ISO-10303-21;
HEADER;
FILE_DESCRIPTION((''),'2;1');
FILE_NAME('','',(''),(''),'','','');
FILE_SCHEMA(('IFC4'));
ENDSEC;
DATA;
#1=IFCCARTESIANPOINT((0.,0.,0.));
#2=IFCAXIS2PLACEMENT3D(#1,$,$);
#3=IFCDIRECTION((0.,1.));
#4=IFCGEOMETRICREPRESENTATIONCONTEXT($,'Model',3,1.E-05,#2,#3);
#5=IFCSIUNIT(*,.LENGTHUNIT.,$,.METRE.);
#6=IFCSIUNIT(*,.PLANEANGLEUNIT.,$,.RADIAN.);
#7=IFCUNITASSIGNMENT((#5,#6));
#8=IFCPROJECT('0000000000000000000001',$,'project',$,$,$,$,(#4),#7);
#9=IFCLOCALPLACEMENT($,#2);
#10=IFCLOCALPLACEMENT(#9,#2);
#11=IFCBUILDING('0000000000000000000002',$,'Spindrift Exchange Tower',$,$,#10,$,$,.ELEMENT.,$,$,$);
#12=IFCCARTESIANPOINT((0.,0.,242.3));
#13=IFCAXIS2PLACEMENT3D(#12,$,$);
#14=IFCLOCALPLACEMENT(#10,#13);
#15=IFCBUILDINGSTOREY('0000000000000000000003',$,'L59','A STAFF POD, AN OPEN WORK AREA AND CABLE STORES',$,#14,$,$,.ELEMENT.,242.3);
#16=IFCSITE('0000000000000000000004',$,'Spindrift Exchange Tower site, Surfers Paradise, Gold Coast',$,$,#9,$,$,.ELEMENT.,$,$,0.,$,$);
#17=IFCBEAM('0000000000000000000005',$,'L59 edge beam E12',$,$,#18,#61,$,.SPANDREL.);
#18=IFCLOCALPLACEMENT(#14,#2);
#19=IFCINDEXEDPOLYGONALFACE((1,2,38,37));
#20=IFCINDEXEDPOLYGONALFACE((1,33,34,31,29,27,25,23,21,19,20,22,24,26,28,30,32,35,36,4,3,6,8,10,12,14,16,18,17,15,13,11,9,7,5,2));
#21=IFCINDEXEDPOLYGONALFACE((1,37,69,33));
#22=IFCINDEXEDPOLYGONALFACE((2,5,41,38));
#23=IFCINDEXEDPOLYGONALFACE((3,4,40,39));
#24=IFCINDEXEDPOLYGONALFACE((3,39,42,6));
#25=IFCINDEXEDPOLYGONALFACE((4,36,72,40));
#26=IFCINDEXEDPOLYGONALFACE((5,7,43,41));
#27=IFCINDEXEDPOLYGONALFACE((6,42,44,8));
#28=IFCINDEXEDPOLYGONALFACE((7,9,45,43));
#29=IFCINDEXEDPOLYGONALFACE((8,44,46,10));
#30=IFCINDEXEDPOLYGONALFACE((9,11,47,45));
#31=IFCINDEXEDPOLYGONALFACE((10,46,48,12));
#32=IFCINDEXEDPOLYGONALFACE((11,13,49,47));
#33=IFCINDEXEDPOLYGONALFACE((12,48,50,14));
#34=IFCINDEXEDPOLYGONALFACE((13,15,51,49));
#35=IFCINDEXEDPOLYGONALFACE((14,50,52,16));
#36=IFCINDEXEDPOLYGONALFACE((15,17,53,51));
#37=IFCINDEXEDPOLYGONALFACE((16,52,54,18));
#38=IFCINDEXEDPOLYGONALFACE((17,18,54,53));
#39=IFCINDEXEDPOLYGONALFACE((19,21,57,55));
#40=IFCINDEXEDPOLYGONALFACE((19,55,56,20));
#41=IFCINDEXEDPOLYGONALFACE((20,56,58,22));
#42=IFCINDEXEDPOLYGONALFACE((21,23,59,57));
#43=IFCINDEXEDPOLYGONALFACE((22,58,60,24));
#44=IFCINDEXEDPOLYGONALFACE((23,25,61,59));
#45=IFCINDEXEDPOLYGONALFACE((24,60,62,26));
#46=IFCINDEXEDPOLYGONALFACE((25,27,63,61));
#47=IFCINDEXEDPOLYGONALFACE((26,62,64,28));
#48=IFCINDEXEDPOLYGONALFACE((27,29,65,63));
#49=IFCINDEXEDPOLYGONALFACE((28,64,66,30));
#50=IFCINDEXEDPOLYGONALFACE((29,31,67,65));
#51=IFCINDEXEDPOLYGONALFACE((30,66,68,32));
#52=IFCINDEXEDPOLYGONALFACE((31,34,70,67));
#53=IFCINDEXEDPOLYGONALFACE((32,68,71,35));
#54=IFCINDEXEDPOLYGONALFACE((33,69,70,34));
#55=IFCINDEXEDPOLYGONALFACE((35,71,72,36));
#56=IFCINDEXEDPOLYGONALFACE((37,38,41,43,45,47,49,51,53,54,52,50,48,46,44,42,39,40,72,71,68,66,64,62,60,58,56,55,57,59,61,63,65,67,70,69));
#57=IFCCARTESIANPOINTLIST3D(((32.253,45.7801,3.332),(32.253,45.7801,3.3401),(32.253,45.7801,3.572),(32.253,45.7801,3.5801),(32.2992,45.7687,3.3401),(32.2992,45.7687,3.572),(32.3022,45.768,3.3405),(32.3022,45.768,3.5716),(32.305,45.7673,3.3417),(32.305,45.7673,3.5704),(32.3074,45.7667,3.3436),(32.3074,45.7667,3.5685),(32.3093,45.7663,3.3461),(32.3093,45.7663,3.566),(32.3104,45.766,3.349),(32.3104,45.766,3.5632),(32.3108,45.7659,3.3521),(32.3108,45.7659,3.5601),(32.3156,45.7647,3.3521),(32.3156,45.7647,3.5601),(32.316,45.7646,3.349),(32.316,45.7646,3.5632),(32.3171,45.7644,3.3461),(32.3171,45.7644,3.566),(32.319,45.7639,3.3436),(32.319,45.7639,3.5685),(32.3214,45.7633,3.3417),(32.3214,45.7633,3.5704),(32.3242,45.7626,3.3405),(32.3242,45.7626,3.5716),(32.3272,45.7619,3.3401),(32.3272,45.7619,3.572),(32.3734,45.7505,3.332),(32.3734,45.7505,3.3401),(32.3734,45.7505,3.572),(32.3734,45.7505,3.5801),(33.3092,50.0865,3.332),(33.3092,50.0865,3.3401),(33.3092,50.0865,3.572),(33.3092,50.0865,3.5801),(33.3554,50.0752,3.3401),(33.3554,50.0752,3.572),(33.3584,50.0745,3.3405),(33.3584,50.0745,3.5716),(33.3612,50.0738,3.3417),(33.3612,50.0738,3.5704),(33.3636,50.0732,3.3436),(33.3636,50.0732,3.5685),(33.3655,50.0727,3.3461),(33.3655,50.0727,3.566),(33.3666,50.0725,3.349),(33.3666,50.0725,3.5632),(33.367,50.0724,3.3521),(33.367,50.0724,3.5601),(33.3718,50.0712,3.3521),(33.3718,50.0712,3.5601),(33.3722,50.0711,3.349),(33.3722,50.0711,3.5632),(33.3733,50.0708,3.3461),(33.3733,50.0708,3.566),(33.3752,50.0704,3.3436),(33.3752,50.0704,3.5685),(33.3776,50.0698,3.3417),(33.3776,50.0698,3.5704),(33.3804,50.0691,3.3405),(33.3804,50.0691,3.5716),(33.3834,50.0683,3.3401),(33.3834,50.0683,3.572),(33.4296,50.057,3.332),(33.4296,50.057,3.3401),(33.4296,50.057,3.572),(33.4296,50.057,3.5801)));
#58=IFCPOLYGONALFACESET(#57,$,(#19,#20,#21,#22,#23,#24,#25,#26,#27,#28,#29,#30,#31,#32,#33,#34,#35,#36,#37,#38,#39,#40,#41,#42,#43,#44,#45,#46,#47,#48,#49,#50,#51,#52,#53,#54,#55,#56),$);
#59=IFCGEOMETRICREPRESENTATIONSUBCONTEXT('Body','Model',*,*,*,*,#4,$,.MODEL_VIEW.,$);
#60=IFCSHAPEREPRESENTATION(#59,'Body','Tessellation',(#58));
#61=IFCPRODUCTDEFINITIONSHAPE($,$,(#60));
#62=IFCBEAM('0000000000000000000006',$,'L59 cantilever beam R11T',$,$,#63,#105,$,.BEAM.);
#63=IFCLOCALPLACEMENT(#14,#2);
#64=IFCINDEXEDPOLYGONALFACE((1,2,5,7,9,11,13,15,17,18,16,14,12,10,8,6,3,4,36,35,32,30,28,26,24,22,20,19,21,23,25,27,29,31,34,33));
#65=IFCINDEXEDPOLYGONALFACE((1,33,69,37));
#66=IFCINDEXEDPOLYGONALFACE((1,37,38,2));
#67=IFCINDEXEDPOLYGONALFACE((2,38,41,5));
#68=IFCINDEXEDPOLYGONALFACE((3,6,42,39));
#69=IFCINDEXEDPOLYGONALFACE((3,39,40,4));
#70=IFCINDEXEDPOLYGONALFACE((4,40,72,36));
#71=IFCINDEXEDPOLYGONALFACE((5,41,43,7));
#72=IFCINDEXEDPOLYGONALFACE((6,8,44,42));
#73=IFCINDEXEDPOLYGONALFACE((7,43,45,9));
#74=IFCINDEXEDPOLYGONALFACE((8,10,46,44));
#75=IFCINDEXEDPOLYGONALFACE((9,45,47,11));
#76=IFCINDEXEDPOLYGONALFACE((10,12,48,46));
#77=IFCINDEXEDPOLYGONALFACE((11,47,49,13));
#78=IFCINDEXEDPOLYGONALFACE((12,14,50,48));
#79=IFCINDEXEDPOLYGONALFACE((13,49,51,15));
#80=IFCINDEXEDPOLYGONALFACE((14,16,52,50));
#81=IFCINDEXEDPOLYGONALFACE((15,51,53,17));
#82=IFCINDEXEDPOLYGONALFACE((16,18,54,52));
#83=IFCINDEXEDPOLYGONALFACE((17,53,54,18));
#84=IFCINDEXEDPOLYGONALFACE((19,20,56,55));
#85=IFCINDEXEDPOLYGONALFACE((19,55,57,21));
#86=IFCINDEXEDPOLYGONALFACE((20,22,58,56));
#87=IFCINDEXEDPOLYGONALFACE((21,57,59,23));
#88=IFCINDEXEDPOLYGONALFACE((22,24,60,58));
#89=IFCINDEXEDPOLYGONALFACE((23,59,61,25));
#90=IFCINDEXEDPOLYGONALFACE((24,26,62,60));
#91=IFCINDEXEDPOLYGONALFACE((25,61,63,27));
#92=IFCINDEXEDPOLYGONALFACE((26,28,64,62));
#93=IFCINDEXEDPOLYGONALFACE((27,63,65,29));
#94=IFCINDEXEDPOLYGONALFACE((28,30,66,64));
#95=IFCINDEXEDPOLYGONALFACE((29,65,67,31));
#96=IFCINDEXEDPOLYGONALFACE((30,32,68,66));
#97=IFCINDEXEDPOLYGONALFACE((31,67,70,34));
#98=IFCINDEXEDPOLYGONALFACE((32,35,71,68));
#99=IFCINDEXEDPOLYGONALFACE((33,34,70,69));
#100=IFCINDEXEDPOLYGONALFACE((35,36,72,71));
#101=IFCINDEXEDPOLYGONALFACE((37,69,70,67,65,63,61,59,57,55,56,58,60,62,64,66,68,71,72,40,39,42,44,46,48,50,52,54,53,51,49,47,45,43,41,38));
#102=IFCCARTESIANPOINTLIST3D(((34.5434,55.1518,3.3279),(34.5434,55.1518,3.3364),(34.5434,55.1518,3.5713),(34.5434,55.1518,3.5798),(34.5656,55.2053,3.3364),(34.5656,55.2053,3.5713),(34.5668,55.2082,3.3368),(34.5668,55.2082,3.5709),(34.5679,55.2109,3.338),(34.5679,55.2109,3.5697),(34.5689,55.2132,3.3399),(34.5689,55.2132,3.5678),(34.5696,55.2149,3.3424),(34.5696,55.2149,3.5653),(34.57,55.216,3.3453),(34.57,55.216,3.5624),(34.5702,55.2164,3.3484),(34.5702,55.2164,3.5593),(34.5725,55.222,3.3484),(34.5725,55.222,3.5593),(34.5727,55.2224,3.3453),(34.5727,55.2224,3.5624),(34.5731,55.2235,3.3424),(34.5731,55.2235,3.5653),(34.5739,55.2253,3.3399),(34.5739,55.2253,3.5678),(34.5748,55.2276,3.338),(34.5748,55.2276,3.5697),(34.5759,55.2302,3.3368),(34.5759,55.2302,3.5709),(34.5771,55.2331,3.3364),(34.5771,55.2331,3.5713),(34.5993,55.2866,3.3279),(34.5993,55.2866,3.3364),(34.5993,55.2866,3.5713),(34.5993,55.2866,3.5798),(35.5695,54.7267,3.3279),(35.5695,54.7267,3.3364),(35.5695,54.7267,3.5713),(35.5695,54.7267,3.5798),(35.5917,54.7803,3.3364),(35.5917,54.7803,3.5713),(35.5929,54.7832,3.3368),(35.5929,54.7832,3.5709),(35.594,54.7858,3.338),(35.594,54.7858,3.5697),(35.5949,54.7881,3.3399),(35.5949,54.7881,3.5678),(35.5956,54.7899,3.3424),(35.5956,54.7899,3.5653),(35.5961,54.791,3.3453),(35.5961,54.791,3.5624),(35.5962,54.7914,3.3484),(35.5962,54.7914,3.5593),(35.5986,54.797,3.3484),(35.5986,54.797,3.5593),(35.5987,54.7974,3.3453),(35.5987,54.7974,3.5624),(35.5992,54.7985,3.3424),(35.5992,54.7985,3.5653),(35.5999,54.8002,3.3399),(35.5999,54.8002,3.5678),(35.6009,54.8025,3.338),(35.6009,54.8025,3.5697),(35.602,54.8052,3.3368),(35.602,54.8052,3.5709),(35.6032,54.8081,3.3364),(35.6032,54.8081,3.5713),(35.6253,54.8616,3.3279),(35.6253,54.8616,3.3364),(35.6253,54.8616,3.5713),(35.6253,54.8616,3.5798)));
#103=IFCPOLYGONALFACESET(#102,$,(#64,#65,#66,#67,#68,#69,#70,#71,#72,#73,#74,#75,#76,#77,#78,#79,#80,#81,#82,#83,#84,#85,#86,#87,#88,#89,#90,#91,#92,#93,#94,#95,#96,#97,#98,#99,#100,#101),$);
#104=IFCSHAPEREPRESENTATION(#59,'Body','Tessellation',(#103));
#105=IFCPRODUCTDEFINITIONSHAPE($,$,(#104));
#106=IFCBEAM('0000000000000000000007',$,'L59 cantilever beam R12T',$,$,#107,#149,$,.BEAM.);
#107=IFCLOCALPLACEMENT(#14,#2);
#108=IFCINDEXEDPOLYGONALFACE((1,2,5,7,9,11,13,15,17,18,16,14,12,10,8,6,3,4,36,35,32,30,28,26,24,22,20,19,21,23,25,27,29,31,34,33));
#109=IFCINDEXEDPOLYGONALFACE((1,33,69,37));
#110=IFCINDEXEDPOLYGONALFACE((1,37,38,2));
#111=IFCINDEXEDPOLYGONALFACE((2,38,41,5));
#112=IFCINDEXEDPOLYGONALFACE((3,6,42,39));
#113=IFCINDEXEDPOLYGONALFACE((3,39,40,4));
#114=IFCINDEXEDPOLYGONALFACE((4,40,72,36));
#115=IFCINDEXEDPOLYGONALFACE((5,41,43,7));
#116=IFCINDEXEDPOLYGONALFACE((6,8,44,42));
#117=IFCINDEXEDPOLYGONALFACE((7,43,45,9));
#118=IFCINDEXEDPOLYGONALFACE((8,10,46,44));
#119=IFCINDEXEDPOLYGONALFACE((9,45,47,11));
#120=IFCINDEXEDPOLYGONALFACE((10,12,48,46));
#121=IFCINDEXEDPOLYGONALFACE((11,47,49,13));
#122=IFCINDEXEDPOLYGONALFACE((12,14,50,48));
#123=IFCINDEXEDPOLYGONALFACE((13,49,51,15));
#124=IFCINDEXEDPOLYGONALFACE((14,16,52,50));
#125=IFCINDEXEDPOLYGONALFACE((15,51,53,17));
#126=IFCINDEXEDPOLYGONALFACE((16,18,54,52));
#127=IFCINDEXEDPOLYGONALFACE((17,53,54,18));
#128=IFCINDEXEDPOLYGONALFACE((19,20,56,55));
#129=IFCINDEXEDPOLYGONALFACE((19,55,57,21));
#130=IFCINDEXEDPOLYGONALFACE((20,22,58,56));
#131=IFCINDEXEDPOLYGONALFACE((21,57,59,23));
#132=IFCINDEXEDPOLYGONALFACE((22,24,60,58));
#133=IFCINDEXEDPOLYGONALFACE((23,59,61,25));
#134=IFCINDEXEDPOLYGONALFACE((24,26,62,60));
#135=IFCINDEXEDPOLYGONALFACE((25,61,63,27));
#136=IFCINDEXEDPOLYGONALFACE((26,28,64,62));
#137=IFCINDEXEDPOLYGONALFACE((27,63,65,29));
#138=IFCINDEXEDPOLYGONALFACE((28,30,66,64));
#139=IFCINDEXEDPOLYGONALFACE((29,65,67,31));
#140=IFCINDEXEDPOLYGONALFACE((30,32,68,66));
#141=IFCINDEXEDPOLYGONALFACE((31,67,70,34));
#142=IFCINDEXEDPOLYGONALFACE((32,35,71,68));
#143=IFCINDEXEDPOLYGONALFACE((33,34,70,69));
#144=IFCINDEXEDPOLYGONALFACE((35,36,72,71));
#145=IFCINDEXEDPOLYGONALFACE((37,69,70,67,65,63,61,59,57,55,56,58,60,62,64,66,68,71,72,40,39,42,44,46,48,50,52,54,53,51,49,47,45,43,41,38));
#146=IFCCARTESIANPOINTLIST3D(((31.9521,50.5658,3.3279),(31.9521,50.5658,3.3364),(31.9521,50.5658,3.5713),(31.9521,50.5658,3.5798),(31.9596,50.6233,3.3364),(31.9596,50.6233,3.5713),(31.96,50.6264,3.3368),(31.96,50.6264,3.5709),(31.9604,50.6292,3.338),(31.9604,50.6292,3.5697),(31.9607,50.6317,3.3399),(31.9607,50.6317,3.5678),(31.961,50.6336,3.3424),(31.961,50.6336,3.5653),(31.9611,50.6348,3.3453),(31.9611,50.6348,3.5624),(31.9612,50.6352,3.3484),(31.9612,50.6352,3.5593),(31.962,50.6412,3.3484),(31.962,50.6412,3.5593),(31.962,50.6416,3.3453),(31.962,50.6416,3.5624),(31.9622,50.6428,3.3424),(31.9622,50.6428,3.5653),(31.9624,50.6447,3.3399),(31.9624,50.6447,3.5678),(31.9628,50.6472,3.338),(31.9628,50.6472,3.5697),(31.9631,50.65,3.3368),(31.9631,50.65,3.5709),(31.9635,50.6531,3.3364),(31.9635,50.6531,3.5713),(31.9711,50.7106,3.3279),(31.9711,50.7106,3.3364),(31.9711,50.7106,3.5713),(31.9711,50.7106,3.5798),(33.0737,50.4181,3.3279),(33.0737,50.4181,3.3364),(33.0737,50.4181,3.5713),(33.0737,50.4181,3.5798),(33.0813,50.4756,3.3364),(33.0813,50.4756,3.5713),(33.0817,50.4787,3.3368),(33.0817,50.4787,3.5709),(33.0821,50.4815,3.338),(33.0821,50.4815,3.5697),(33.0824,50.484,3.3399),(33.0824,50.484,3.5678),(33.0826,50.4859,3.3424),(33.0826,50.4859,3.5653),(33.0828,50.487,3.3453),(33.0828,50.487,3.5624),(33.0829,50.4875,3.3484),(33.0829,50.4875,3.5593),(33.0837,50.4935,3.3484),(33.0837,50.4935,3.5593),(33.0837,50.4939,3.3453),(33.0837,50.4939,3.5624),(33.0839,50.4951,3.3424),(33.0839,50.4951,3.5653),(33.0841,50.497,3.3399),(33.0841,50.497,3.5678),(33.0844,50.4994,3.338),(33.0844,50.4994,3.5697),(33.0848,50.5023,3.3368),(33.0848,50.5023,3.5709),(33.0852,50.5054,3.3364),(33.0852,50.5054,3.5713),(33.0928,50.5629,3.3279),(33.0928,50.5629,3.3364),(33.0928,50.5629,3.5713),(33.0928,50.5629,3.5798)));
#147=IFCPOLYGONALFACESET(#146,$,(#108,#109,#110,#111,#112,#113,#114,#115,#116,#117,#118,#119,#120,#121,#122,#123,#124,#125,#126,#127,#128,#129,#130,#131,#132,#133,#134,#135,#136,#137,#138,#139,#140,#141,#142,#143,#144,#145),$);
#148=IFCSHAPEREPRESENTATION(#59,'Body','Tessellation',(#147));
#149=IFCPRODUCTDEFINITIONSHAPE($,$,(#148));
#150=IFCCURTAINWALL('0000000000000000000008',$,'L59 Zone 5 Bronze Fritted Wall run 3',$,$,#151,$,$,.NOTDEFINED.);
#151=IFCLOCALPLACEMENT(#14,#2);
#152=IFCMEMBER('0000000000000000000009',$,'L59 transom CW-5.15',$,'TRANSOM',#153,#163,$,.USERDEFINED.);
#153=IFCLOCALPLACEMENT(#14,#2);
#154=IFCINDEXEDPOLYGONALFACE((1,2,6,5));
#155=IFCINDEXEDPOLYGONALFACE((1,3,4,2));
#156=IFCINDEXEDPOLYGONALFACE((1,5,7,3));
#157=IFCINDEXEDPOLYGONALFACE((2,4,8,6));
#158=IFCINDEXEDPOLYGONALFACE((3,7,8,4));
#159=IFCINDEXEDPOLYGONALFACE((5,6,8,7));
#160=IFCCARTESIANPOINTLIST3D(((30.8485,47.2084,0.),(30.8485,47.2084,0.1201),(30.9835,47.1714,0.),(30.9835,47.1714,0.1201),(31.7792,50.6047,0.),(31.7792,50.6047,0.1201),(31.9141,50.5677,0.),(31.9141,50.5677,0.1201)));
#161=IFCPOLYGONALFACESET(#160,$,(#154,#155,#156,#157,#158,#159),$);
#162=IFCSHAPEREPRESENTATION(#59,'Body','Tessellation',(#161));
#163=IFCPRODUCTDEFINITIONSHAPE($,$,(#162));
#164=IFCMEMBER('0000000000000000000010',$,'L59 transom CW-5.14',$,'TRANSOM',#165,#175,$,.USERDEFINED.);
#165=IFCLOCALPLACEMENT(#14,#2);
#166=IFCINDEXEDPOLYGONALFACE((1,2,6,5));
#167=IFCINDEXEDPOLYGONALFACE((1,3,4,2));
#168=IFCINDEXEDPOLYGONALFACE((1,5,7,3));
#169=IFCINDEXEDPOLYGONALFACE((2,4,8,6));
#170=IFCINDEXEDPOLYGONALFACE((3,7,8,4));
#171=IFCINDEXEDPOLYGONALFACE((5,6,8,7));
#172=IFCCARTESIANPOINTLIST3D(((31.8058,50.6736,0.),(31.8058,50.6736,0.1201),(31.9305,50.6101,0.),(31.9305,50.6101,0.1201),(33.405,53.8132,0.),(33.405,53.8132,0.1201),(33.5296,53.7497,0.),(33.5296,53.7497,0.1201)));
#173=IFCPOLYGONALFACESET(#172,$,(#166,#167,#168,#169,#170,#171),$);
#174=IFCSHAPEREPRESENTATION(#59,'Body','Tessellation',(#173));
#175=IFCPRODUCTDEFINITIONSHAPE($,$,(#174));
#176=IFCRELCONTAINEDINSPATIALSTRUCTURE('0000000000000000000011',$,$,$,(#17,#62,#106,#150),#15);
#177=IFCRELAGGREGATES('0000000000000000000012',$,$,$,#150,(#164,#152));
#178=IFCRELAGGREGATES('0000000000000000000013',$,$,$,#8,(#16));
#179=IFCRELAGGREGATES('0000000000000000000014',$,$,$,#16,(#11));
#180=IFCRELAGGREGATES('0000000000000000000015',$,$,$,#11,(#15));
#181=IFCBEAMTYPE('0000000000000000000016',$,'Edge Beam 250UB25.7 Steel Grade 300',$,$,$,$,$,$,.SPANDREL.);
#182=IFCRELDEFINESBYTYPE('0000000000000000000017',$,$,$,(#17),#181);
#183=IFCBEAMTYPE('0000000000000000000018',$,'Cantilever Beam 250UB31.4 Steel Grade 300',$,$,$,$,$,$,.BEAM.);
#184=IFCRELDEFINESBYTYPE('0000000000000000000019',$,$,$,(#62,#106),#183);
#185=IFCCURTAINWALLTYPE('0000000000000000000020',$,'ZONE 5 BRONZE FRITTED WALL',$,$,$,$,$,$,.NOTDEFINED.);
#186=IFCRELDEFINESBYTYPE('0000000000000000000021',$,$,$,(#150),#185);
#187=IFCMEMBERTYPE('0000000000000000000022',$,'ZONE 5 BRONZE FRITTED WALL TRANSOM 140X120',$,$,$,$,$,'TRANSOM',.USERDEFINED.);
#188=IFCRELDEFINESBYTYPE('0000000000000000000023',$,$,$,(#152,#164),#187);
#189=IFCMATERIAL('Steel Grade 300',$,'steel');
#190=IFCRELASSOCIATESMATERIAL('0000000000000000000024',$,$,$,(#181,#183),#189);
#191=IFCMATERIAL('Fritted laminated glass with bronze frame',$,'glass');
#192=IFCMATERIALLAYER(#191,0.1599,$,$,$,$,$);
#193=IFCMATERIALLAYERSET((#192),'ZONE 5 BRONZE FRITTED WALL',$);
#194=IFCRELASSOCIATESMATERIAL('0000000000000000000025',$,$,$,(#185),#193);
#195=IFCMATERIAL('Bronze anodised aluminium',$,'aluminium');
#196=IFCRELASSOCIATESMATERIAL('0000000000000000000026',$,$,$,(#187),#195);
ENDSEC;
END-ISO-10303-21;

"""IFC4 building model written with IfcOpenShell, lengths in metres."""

from ifc_helpers import new_model, si_unit, direction, frame, origin, origin_2d, place, context, subcontext, project, spatial, rectangle, i_section, extrude, source, transform, mapped, material, layer, layer_set, material_profile, profile_set, type_object, element, aggregate, save


model = new_model("IFC4")

# Units and contexts
model_context = context("Model", 3, precision=1e-05, world=origin(), true_north=direction((0.0, 1.0)))
body_context = subcontext(model_context, "Body", "Model", "MODEL_VIEW")
ifc_project = project(units=[si_unit("LENGTHUNIT", "METRE"), si_unit("PLANEANGLEUNIT", "RADIAN")], contexts=[model_context])

# Site, building, storey
site_placement = place(None, origin())
site = spatial("IfcSite", under=ifc_project, at=site_placement, Name="Spindrift Exchange Tower site, Surfers Paradise, Gold Coast", CompositionType="ELEMENT", RefElevation=0.0)
building_placement = place(site_placement, origin())
building = spatial("IfcBuilding", under=site, at=building_placement, Name="Spindrift Exchange Tower", CompositionType="ELEMENT")
storey_placement = place(building_placement, frame((0.0, 0.0, 242.3)))
storey = spatial("IfcBuildingStorey", under=building, at=storey_placement, Name="L59", Description="A STAFF POD, AN OPEN WORK AREA AND CABLE STORES", CompositionType="ELEMENT", Elevation=242.3)

# Beams
ifc_material_1 = material(Name="Steel Grade 300", Category="steel")
ifc_material_profile_1 = material_profile(ifc_material_1, i_section(OverallWidth=0.124, OverallDepth=0.248, WebThickness=0.0049, FlangeThickness=0.0081, FilletRadius=0.012, at=origin_2d()), Name="250UB25.7")
ifc_profile_set_1 = profile_set([ifc_material_profile_1], Name="Steel Grade 300")
beam_type_1 = type_object("IfcBeamType", Name="Edge Beam 250UB25.7 Steel Grade 300", PredefinedType="SPANDREL", material=ifc_profile_set_1)
shared_shape_1 = source(origin(), body_context, "Body", "SweptSolid", [
    extrude(i_section(OverallWidth=0.124, OverallDepth=0.248, WebThickness=0.0049, FlangeThickness=0.0081, FilletRadius=0.012, at=origin_2d()), origin(), (0.0, 0.0, 1.0), 4.4341),
])
beam_1_placement = place(storey_placement, frame((33.3694, 50.0718, 3.4561), z_axis=(-0.238193, -0.971218, 0.0), x_axis=(0.971218, -0.238193, 0.0)))
element("IfcBeam", 1, at=beam_1_placement, inside=storey, type_object=beam_type_1, Name="L59 edge beam E12", PredefinedType="SPANDREL", context=body_context, shape_type="MappedRepresentation", body=[
    mapped(shared_shape_1, transform((0.0, 0.0, 0.0), scale=1.0)),
])
ifc_material_profile_2 = material_profile(ifc_material_1, i_section(OverallWidth=0.146, OverallDepth=0.252, WebThickness=0.0061, FlangeThickness=0.0085, FilletRadius=0.012, at=origin_2d()), Name="250UB31.4")
ifc_profile_set_2 = profile_set([ifc_material_profile_2], Name="Steel Grade 300")
beam_type_2 = type_object("IfcBeamType", Name="Cantilever Beam 250UB31.4 Steel Grade 300", PredefinedType="BEAM", material=ifc_profile_set_2)
shared_shape_2 = source(origin(), body_context, "Body", "SweptSolid", [
    extrude(i_section(OverallWidth=0.146, OverallDepth=0.252, WebThickness=0.0061, FlangeThickness=0.0085, FilletRadius=0.012, at=origin_2d()), origin(), (0.0, 0.0, 1.0), 1.1106),
])
beam_2_placement = place(storey_placement, frame((35.5974, 54.7942, 3.4539), z_axis=(-0.923875, 0.382695, 0.0), x_axis=(-0.382695, -0.923875, 0.0)))
element("IfcBeam", 2, at=beam_2_placement, inside=storey, type_object=beam_type_2, Name="L59 cantilever beam R11T", PredefinedType="BEAM", context=body_context, shape_type="MappedRepresentation", body=[
    mapped(shared_shape_2, transform((0.0, 0.0, 0.0), scale=1.0)),
])
shared_shape_3 = source(origin(), body_context, "Body", "SweptSolid", [
    extrude(i_section(OverallWidth=0.146, OverallDepth=0.252, WebThickness=0.0061, FlangeThickness=0.0085, FilletRadius=0.012, at=origin_2d()), origin(), (0.0, 0.0, 1.0), 1.1313),
])
beam_3_placement = place(storey_placement, frame((33.0833, 50.4905, 3.4539), z_axis=(-0.99144, 0.130566, 0.0), x_axis=(-0.130566, -0.99144, 0.0)))
element("IfcBeam", 3, at=beam_3_placement, inside=storey, type_object=beam_type_2, Name="L59 cantilever beam R12T", PredefinedType="BEAM", context=body_context, shape_type="MappedRepresentation", body=[
    mapped(shared_shape_3, transform((0.0, 0.0, 0.0), scale=1.0)),
])

# Curtain wall, members
ifc_material_2 = material(Name="Fritted laminated glass with bronze frame", Category="glass")
ifc_layer_1 = layer(ifc_material_2, 0.1599)
ifc_layer_set_1 = layer_set([ifc_layer_1], Name="ZONE 5 BRONZE FRITTED WALL")
curtain_wall_type = type_object("IfcCurtainWallType", Name="ZONE 5 BRONZE FRITTED WALL", PredefinedType="NOTDEFINED", material=ifc_layer_set_1)
curtain_wall_placement = place(storey_placement, origin())
curtain_wall = element("IfcCurtainWall", 4, at=curtain_wall_placement, inside=storey, type_object=curtain_wall_type, Name="L59 Zone 5 Bronze Fritted Wall run 3", PredefinedType="NOTDEFINED")
ifc_material_3 = material(Name="Bronze anodised aluminium", Category="aluminium")
ifc_material_profile_3 = material_profile(ifc_material_3, rectangle(XDim=0.1399, YDim=0.1201, at=origin_2d()), Name="ZONE 5 BRONZE FRITTED WALL TRANSOM 140X120")
ifc_profile_set_3 = profile_set([ifc_material_profile_3], Name="Bronze anodised aluminium")
member_type_1 = type_object("IfcMemberType", Name="ZONE 5 BRONZE FRITTED WALL TRANSOM 140X120", ElementType="TRANSOM", PredefinedType="USERDEFINED", material=ifc_profile_set_3)
shared_shape_4 = source(origin(), body_context, "Body", "SweptSolid", [
    extrude(rectangle(XDim=0.1399, YDim=0.1201, at=origin_2d()), origin(), (0.0, 0.0, 1.0), 3.5215),
])
member_1_placement = place(storey_placement, frame((31.8467, 50.5862, 0.0601), z_axis=(-0.264285, -0.964445, 0.0), x_axis=(0.964445, -0.264285, 0.0)))
member_1 = element("IfcMember", 5, at=member_1_placement, type_object=member_type_1, Name="L59 transom CW-5.15", ObjectType="TRANSOM", PredefinedType="USERDEFINED", context=body_context, shape_type="MappedRepresentation", body=[
    mapped(shared_shape_4, transform((0.0, 0.0, 0.0), scale=1.0)),
])
shared_shape_5 = source(origin(), body_context, "Body", "SweptSolid", [
    extrude(rectangle(XDim=0.1399, YDim=0.1201, at=origin_2d()), origin(), (0.0, 0.0, 1.0), 3.5234),
])
member_2_placement = place(storey_placement, frame((33.4673, 53.7815, 0.0601), z_axis=(-0.453853, -0.891077, 0.0), x_axis=(0.891077, -0.453853, 0.0)))
member_2 = element("IfcMember", 6, at=member_2_placement, type_object=member_type_1, Name="L59 transom CW-5.14", ObjectType="TRANSOM", PredefinedType="USERDEFINED", context=body_context, shape_type="MappedRepresentation", body=[
    mapped(shared_shape_5, transform((0.0, 0.0, 0.0), scale=1.0)),
])
aggregate(curtain_wall, [member_2, member_1])

save(model, "model.ifc")
